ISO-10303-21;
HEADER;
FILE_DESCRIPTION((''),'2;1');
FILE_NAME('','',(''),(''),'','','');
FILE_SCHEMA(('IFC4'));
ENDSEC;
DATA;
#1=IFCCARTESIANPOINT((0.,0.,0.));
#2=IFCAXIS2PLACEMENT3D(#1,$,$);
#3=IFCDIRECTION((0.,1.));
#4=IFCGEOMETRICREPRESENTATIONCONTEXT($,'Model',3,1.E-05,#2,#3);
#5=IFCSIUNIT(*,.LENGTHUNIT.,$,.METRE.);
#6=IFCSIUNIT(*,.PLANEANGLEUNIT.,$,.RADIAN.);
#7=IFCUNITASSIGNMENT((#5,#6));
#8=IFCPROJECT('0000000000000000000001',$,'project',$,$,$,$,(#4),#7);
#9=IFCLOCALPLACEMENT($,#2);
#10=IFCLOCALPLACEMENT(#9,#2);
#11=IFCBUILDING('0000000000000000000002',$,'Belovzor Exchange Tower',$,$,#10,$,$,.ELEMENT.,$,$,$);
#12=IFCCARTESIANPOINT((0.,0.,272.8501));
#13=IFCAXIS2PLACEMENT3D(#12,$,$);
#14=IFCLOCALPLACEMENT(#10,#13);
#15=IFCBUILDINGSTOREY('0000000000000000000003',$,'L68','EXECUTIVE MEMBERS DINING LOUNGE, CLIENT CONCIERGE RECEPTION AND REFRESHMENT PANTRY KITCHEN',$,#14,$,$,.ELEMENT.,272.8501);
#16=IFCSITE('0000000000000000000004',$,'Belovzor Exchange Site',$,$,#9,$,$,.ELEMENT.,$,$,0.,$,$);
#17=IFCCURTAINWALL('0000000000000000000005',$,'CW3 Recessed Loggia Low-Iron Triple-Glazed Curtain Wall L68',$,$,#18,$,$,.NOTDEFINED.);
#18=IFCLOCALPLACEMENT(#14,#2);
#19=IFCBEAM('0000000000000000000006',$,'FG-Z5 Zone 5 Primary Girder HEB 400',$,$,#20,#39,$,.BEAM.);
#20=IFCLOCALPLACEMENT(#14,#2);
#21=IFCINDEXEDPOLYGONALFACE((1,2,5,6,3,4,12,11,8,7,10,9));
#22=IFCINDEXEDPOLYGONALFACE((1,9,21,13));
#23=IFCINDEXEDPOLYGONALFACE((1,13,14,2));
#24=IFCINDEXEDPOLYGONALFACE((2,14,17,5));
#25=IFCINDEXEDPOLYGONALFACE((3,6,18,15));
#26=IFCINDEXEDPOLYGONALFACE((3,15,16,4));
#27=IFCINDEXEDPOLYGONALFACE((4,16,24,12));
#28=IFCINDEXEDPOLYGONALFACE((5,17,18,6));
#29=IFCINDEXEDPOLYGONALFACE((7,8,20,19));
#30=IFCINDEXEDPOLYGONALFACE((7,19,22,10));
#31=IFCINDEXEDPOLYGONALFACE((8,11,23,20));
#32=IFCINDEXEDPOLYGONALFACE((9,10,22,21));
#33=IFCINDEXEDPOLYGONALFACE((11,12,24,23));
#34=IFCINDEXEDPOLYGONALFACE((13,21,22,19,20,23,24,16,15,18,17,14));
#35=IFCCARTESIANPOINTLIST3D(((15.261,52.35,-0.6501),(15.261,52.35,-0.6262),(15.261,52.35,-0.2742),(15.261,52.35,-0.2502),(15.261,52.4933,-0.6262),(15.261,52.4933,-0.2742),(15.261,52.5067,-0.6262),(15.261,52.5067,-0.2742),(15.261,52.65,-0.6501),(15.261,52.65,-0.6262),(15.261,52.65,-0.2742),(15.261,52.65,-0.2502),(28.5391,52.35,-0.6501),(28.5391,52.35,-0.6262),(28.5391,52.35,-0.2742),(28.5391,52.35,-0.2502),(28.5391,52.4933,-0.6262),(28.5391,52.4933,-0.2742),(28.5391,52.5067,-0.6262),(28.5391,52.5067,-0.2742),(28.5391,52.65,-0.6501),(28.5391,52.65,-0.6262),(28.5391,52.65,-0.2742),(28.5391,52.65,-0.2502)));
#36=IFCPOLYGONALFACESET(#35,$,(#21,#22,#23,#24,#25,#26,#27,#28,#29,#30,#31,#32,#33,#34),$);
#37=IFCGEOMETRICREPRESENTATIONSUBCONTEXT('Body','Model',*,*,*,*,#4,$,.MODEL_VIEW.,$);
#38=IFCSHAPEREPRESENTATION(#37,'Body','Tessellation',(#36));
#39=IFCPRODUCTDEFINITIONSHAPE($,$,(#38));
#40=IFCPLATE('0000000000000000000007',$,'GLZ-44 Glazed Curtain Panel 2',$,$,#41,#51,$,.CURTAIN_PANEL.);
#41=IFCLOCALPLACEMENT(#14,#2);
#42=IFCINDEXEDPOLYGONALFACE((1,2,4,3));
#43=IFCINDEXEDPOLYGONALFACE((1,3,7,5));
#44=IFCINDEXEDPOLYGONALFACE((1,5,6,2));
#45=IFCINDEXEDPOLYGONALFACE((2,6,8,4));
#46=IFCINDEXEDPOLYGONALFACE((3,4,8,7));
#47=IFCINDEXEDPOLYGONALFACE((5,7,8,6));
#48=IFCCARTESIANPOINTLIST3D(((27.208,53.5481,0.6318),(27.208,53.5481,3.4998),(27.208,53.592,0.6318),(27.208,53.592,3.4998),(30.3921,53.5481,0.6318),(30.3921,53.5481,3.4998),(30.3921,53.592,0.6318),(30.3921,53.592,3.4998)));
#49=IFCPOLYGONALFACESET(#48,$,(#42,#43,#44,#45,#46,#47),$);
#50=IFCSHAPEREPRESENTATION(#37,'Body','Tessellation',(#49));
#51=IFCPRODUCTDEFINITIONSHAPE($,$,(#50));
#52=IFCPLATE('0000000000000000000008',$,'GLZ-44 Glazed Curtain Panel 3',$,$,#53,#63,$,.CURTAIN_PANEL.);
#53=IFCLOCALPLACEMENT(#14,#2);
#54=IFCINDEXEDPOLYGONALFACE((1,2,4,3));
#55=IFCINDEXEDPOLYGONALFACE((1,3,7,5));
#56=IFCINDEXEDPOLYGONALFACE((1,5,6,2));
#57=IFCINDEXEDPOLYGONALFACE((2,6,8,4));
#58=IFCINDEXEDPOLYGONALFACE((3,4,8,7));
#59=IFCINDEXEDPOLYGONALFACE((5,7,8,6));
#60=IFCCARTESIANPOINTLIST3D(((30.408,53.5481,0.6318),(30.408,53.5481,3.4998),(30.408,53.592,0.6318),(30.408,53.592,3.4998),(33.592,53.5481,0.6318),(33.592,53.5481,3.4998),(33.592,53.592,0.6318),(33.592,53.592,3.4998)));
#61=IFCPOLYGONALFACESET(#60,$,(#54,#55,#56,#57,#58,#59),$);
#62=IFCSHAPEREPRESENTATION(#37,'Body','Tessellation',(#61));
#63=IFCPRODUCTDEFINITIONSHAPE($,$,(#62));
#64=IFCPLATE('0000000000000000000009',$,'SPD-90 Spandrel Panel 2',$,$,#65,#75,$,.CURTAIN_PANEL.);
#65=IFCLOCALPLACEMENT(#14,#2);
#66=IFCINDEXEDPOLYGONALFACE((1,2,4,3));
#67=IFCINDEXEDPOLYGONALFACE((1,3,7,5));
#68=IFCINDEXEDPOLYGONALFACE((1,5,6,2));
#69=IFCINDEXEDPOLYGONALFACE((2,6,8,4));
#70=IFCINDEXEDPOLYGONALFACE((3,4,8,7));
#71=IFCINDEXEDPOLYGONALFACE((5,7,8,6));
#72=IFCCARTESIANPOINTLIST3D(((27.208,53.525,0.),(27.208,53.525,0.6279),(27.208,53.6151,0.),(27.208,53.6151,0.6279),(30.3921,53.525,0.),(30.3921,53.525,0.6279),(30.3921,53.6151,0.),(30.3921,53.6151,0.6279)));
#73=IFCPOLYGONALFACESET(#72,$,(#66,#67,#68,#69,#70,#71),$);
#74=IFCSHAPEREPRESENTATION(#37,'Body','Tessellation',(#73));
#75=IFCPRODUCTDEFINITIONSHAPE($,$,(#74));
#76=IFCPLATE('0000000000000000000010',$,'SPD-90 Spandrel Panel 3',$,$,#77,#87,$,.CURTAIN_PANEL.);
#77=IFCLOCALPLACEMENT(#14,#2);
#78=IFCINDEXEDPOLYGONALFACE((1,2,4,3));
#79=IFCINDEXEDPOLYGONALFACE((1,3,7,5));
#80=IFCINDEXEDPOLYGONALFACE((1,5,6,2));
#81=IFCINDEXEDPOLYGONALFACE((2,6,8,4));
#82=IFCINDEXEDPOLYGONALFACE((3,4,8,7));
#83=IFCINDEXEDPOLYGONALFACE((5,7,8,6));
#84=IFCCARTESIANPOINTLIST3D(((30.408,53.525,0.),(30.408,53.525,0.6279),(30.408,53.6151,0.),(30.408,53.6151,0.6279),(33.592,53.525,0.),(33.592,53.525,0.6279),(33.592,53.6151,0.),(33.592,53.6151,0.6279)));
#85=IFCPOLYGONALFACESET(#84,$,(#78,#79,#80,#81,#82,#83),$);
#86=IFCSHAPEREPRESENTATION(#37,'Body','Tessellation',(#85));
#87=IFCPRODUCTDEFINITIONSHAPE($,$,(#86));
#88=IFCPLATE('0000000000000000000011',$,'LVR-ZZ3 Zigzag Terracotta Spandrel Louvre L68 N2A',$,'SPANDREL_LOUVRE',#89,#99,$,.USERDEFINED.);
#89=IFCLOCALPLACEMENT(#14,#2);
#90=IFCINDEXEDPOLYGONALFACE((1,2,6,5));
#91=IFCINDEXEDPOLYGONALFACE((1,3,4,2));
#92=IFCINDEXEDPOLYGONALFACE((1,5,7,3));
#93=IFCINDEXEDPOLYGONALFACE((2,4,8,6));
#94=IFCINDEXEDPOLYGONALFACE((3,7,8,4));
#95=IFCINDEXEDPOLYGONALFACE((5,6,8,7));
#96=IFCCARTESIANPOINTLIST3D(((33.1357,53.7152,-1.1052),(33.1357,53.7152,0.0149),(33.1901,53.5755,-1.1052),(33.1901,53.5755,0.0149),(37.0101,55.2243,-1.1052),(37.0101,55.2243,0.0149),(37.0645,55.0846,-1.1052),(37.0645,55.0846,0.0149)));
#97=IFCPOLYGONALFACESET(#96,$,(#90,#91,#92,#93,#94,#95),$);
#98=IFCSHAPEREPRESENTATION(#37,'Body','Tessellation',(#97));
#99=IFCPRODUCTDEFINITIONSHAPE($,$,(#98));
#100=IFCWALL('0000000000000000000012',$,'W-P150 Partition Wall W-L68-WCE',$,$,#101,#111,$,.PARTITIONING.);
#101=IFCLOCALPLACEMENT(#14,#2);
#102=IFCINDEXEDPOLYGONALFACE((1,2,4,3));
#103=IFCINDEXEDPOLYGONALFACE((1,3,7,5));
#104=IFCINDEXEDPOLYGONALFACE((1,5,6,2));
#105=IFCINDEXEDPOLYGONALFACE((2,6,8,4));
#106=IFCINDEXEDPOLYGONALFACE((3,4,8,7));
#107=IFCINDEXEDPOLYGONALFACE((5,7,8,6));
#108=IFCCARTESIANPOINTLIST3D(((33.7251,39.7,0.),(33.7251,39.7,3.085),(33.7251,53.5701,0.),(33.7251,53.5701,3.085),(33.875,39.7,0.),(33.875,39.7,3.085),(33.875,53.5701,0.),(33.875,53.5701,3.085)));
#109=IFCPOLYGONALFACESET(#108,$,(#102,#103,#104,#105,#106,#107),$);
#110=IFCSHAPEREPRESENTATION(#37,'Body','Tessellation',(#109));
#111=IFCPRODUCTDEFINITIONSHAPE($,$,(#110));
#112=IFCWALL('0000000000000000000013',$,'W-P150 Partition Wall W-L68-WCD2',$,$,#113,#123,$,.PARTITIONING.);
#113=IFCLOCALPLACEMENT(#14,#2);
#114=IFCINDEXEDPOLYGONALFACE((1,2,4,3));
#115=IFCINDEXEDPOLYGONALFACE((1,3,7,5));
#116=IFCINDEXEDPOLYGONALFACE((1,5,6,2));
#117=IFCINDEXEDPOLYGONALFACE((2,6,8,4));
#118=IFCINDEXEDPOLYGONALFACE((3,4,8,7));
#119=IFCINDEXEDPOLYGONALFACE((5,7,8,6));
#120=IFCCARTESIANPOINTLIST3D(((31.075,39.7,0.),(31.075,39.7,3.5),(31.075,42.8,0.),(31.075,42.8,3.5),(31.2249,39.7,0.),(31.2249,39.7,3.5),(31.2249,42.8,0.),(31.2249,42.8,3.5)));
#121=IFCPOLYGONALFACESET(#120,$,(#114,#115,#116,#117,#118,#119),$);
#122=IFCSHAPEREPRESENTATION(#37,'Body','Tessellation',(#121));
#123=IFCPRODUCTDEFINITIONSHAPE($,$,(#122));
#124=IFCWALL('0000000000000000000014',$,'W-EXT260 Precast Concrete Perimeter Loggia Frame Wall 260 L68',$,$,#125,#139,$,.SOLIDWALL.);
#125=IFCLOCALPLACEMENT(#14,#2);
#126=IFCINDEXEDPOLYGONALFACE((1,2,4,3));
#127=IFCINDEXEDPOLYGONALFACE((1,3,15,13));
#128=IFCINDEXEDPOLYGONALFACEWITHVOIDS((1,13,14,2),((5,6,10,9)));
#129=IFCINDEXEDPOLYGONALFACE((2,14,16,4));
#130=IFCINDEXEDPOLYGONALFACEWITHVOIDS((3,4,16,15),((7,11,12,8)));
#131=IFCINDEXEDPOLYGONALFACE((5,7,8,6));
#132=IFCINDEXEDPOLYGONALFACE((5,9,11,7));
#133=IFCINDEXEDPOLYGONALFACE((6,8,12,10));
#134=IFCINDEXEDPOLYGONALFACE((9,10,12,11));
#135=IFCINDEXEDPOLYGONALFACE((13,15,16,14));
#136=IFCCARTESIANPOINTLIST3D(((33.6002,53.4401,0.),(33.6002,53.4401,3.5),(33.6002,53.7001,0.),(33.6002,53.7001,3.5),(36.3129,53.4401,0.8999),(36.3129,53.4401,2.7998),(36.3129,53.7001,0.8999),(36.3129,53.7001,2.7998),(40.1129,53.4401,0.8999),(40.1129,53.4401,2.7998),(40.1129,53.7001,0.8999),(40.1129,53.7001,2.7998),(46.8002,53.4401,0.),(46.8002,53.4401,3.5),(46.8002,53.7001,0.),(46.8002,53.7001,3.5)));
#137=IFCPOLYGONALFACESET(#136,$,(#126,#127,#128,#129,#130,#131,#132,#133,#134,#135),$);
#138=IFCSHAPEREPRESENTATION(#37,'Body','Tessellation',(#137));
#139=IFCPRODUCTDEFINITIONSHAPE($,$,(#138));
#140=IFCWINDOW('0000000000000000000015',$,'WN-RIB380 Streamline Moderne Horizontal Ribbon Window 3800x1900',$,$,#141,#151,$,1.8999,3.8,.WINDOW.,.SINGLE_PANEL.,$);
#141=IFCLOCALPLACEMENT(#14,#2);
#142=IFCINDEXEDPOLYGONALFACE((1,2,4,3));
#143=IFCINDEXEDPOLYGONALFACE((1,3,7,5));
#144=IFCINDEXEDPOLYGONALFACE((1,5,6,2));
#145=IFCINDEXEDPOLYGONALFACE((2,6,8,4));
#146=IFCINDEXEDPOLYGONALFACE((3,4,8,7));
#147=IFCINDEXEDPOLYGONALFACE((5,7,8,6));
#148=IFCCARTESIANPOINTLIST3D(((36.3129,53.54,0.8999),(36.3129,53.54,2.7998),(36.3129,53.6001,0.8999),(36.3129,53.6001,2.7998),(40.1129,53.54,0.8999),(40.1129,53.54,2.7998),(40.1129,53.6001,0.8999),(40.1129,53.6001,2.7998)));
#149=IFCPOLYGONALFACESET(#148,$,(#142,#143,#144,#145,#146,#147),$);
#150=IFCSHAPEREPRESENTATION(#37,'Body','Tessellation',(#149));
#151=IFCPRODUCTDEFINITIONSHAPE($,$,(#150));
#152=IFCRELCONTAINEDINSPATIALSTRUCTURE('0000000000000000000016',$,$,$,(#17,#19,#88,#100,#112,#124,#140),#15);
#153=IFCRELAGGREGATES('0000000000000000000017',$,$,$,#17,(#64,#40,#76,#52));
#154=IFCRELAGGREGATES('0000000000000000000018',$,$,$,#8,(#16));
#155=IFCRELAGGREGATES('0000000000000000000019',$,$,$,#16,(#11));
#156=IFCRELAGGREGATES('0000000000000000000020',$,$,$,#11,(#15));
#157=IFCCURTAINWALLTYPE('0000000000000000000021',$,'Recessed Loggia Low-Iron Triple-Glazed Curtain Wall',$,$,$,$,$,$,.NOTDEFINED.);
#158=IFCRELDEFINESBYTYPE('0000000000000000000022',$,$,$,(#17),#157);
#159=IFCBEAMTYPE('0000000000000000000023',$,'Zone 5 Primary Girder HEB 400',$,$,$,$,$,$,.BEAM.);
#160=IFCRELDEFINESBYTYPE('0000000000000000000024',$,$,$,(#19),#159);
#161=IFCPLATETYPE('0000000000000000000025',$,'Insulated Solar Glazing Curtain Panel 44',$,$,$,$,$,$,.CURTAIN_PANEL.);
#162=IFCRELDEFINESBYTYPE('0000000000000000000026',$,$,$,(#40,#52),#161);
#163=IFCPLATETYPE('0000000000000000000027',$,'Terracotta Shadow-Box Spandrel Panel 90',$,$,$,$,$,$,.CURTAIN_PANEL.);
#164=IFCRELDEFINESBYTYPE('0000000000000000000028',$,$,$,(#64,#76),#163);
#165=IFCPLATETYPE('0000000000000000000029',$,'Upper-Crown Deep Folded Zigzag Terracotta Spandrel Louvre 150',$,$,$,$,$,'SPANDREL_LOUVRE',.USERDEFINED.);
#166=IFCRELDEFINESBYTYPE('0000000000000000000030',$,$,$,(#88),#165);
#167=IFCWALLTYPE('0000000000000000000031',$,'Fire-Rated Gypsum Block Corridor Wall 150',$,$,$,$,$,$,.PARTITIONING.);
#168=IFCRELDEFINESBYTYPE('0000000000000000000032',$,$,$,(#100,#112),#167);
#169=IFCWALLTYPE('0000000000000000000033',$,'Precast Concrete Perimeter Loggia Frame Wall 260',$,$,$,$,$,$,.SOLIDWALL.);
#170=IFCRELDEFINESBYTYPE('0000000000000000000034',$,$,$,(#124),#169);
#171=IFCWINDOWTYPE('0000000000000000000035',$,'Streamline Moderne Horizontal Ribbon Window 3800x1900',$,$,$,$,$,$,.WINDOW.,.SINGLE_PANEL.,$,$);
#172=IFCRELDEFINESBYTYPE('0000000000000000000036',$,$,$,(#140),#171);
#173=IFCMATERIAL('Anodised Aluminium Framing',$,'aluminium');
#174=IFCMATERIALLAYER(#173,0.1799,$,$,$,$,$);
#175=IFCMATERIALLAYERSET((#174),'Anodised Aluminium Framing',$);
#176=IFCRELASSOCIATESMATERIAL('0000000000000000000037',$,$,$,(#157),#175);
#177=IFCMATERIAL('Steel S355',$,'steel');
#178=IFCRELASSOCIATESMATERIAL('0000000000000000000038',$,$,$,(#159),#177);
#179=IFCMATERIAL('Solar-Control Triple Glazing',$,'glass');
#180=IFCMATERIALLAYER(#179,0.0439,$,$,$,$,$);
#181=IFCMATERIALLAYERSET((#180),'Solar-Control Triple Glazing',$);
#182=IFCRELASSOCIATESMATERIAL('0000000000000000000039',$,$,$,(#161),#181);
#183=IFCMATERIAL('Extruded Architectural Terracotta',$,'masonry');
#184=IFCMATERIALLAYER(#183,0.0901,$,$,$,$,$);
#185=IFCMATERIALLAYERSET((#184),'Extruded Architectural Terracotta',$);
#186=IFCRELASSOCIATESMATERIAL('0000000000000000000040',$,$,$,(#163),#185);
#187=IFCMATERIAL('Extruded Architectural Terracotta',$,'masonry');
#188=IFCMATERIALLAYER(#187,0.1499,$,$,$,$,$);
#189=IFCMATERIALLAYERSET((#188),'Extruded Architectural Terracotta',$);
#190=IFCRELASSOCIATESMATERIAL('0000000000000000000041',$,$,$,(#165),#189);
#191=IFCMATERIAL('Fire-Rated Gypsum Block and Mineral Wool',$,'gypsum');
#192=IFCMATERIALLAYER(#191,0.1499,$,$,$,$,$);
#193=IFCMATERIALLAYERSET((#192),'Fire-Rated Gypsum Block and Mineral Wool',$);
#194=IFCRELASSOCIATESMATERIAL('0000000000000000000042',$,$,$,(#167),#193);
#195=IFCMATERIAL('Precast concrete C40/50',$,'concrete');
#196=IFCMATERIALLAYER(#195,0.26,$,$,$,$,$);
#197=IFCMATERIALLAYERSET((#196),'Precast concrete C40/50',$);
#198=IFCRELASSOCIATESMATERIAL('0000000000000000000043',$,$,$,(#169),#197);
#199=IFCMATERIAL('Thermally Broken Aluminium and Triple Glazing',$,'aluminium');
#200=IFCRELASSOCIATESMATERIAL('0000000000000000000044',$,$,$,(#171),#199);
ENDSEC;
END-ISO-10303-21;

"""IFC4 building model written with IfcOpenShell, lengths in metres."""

from ifc_helpers import new_model, si_unit, direction, frame, frame_2d, origin, origin_2d, place, context, subcontext, project, spatial, rectangle, i_section, extrude, material, layer, layer_set, material_profile, profile_set, type_object, element, fill, aggregate, save


model = new_model("IFC4")

# Units and contexts
model_context = context("Model", 3, precision=1e-05, world=origin(), true_north=direction((0.0, 1.0)))
body_context = subcontext(model_context, "Body", "Model", "MODEL_VIEW")
ifc_project = project(units=[si_unit("LENGTHUNIT", "METRE"), si_unit("PLANEANGLEUNIT", "RADIAN")], contexts=[model_context])

# Site, building, storey
site_placement = place(None, origin())
site = spatial("IfcSite", under=ifc_project, at=site_placement, Name="Belovzor Exchange Site", CompositionType="ELEMENT", RefElevation=0.0)
building_placement = place(site_placement, origin())
building = spatial("IfcBuilding", under=site, at=building_placement, Name="Belovzor Exchange Tower", CompositionType="ELEMENT")
storey_placement = place(building_placement, frame((0.0, 0.0, 272.8501)))
storey = spatial("IfcBuildingStorey", under=building, at=storey_placement, Name="L68", Description="EXECUTIVE MEMBERS DINING LOUNGE, CLIENT CONCIERGE RECEPTION AND REFRESHMENT PANTRY KITCHEN", CompositionType="ELEMENT", Elevation=272.8501)

# Curtain wall
ifc_material_1 = material(Name="Anodised Aluminium Framing", Category="aluminium")
ifc_layer_1 = layer(ifc_material_1, 0.1799)
ifc_layer_set_1 = layer_set([ifc_layer_1], Name="Anodised Aluminium Framing")
curtain_wall_type = type_object("IfcCurtainWallType", Name="Recessed Loggia Low-Iron Triple-Glazed Curtain Wall", PredefinedType="NOTDEFINED", material=ifc_layer_set_1)
curtain_wall_placement = place(storey_placement, origin())
curtain_wall = element("IfcCurtainWall", 1, at=curtain_wall_placement, inside=storey, type_object=curtain_wall_type, Name="CW3 Recessed Loggia Low-Iron Triple-Glazed Curtain Wall L68", PredefinedType="NOTDEFINED")

# Beam
ifc_material_2 = material(Name="Steel S355", Category="steel")
ifc_material_profile_1 = material_profile(ifc_material_2, i_section(OverallWidth=0.3, OverallDepth=0.3999, WebThickness=0.0134, FlangeThickness=0.0239, at=origin_2d()))
ifc_profile_set_1 = profile_set([ifc_material_profile_1], Name="Steel S355")
beam_type_1 = type_object("IfcBeamType", Name="Zone 5 Primary Girder HEB 400", PredefinedType="BEAM", material=ifc_profile_set_1)
beam_1_placement = place(storey_placement, frame((28.5391, 52.5, -0.4502), z_axis=(-1.0, 0.0, 0.0), x_axis=(0.0, -1.0, 0.0)))
element("IfcBeam", 2, at=beam_1_placement, inside=storey, type_object=beam_type_1, Name="FG-Z5 Zone 5 Primary Girder HEB 400", PredefinedType="BEAM", context=body_context, shape_type="SweptSolid", body=[
    extrude(i_section(OverallWidth=0.3, OverallDepth=0.3999, WebThickness=0.0134, FlangeThickness=0.0239, at=origin_2d()), origin(), (0.0, 0.0, 1.0), 13.2781),
])

# Plates
ifc_material_3 = material(Name="Solar-Control Triple Glazing", Category="glass")
ifc_layer_2 = layer(ifc_material_3, 0.0439)
ifc_layer_set_2 = layer_set([ifc_layer_2], Name="Solar-Control Triple Glazing")
plate_type_1 = type_object("IfcPlateType", Name="Insulated Solar Glazing Curtain Panel 44", PredefinedType="CURTAIN_PANEL", material=ifc_layer_set_2)
plate_1_placement = place(storey_placement, frame((28.8, 53.5701, 0.6318), z_axis=(0.0, 0.0, 1.0), x_axis=(1.0, 0.0, 0.0)))
plate_1 = element("IfcPlate", 3, at=plate_1_placement, type_object=plate_type_1, Name="GLZ-44 Glazed Curtain Panel 2", PredefinedType="CURTAIN_PANEL", context=body_context, shape_type="SweptSolid", body=[
    extrude(rectangle(XDim=3.1841, YDim=0.0439, at=origin_2d()), origin(), (0.0, 0.0, 1.0), 2.8679),
])
plate_2_placement = place(storey_placement, frame((32.0, 53.5701, 0.6318), z_axis=(0.0, 0.0, 1.0), x_axis=(1.0, 0.0, 0.0)))
plate_2 = element("IfcPlate", 4, at=plate_2_placement, type_object=plate_type_1, Name="GLZ-44 Glazed Curtain Panel 3", PredefinedType="CURTAIN_PANEL", context=body_context, shape_type="SweptSolid", body=[
    extrude(rectangle(XDim=3.1841, YDim=0.0439, at=origin_2d()), origin(), (0.0, 0.0, 1.0), 2.8679),
])
ifc_material_4 = material(Name="Extruded Architectural Terracotta", Category="masonry")
ifc_layer_3 = layer(ifc_material_4, 0.0901)
ifc_layer_set_3 = layer_set([ifc_layer_3], Name="Extruded Architectural Terracotta")
plate_type_2 = type_object("IfcPlateType", Name="Terracotta Shadow-Box Spandrel Panel 90", PredefinedType="CURTAIN_PANEL", material=ifc_layer_set_3)
plate_3_placement = place(storey_placement, frame((28.8, 53.5701, 0.0), z_axis=(0.0, 0.0, 1.0), x_axis=(1.0, 0.0, 0.0)))
plate_3 = element("IfcPlate", 5, at=plate_3_placement, type_object=plate_type_2, Name="SPD-90 Spandrel Panel 2", PredefinedType="CURTAIN_PANEL", context=body_context, shape_type="SweptSolid", body=[
    extrude(rectangle(XDim=3.1841, YDim=0.0901, at=origin_2d()), origin(), (0.0, 0.0, 1.0), 0.6279),
])
plate_4_placement = place(storey_placement, frame((32.0, 53.5701, 0.0), z_axis=(0.0, 0.0, 1.0), x_axis=(1.0, 0.0, 0.0)))
plate_4 = element("IfcPlate", 6, at=plate_4_placement, type_object=plate_type_2, Name="SPD-90 Spandrel Panel 3", PredefinedType="CURTAIN_PANEL", context=body_context, shape_type="SweptSolid", body=[
    extrude(rectangle(XDim=3.1841, YDim=0.0901, at=origin_2d()), origin(), (0.0, 0.0, 1.0), 0.6279),
])
aggregate(curtain_wall, [plate_3, plate_1, plate_4, plate_2])
ifc_material_5 = material(Name="Extruded Architectural Terracotta", Category="masonry")
ifc_layer_4 = layer(ifc_material_5, 0.1499)
ifc_layer_set_4 = layer_set([ifc_layer_4], Name="Extruded Architectural Terracotta")
plate_type_3 = type_object("IfcPlateType", Name="Upper-Crown Deep Folded Zigzag Terracotta Spandrel Louvre 150", ElementType="SPANDREL_LOUVRE", PredefinedType="USERDEFINED", material=ifc_layer_set_4)
plate_5_placement = place(storey_placement, frame((35.1001, 54.3999, -1.1052), z_axis=(0.0, 0.0, 1.0), x_axis=(0.931818, 0.362926, 0.0)))
element("IfcPlate", 7, at=plate_5_placement, inside=storey, type_object=plate_type_3, Name="LVR-ZZ3 Zigzag Terracotta Spandrel Louvre L68 N2A", ObjectType="SPANDREL_LOUVRE", PredefinedType="USERDEFINED", context=body_context, shape_type="SweptSolid", body=[
    extrude(rectangle(XDim=4.158, YDim=0.1499, at=origin_2d()), origin(), (0.0, 0.0, 1.0), 1.1201),
])

# Walls
ifc_material_6 = material(Name="Fire-Rated Gypsum Block and Mineral Wool", Category="gypsum")
ifc_layer_5 = layer(ifc_material_6, 0.1499)
ifc_layer_set_5 = layer_set([ifc_layer_5], Name="Fire-Rated Gypsum Block and Mineral Wool")
wall_type_1 = type_object("IfcWallType", Name="Fire-Rated Gypsum Block Corridor Wall 150", PredefinedType="PARTITIONING", material=ifc_layer_set_5)
wall_1_placement = place(storey_placement, frame((33.8, 39.7, 0.0), z_axis=(0.0, 0.0, 1.0), x_axis=(0.0, 1.0, 0.0)))
element("IfcWall", 8, at=wall_1_placement, inside=storey, type_object=wall_type_1, Name="W-P150 Partition Wall W-L68-WCE", PredefinedType="PARTITIONING", context=body_context, shape_type="SweptSolid", body=[
    extrude(rectangle(XDim=13.8701, YDim=0.1499, at=frame_2d((6.9351, 0.0))), origin(), (0.0, 0.0, 1.0), 3.085),
])
wall_2_placement = place(storey_placement, frame((31.1499, 39.7, 0.0), z_axis=(0.0, 0.0, 1.0), x_axis=(0.0, 1.0, 0.0)))
element("IfcWall", 9, at=wall_2_placement, inside=storey, type_object=wall_type_1, Name="W-P150 Partition Wall W-L68-WCD2", PredefinedType="PARTITIONING", context=body_context, shape_type="SweptSolid", body=[
    extrude(rectangle(XDim=3.1001, YDim=0.1499, at=frame_2d((1.55, 0.0))), origin(), (0.0, 0.0, 1.0), 3.5),
])

# Wall, opening, window
ifc_material_7 = material(Name="Precast concrete C40/50", Category="concrete")
ifc_layer_6 = layer(ifc_material_7, 0.26)
ifc_layer_set_6 = layer_set([ifc_layer_6], Name="Precast concrete C40/50")
wall_type_2 = type_object("IfcWallType", Name="Precast Concrete Perimeter Loggia Frame Wall 260", PredefinedType="SOLIDWALL", material=ifc_layer_set_6)
wall_3_placement = place(storey_placement, frame((33.6001, 53.5701, 0.0), z_axis=(0.0, 0.0, 1.0), x_axis=(1.0, 0.0, 0.0)))
wall_3 = element("IfcWall", 10, at=wall_3_placement, inside=storey, type_object=wall_type_2, Name="W-EXT260 Precast Concrete Perimeter Loggia Frame Wall 260 L68", PredefinedType="SOLIDWALL", context=body_context, shape_type="SweptSolid", body=[
    extrude(rectangle(XDim=13.2, YDim=0.26, at=frame_2d((6.6001, 0.0))), origin(), (0.0, 0.0, 1.0), 3.5),
])
opening_placement = place(wall_3_placement, frame((2.7129, 0.0, 0.8999)))
opening = element("IfcOpeningElement", 11, at=opening_placement, cuts=wall_3, PredefinedType="OPENING", context=body_context, shape_type="SweptSolid", body=[
    extrude(rectangle(XDim=3.8, YDim=1.8999, at=frame_2d((1.8999, 0.95))), frame((0.0, 0.1399, 0.0), z_axis=(0.0, -1.0, 0.0), x_axis=(1.0, 0.0, 0.0)), (0.0, 0.0, 1.0), 0.28),
])
ifc_material_8 = material(Name="Thermally Broken Aluminium and Triple Glazing", Category="aluminium")
window_type = type_object("IfcWindowType", Name="Streamline Moderne Horizontal Ribbon Window 3800x1900", PartitioningType="SINGLE_PANEL", PredefinedType="WINDOW", material=ifc_material_8)
window_placement = place(opening_placement, origin())
window = element("IfcWindow", 12, at=window_placement, inside=storey, type_object=window_type, Name="WN-RIB380 Streamline Moderne Horizontal Ribbon Window 3800x1900", OverallHeight=1.8999, OverallWidth=3.8, PartitioningType="SINGLE_PANEL", PredefinedType="WINDOW", context=body_context, shape_type="SweptSolid", body=[
    extrude(rectangle(XDim=3.8, YDim=1.8999, at=frame_2d((1.8999, 0.95))), frame((0.0, 0.03, 0.0), z_axis=(0.0, -1.0, 0.0), x_axis=(1.0, 0.0, 0.0)), (0.0, 0.0, 1.0), 0.0601),
])
fill(opening, window)

save(model, "model.ifc")
